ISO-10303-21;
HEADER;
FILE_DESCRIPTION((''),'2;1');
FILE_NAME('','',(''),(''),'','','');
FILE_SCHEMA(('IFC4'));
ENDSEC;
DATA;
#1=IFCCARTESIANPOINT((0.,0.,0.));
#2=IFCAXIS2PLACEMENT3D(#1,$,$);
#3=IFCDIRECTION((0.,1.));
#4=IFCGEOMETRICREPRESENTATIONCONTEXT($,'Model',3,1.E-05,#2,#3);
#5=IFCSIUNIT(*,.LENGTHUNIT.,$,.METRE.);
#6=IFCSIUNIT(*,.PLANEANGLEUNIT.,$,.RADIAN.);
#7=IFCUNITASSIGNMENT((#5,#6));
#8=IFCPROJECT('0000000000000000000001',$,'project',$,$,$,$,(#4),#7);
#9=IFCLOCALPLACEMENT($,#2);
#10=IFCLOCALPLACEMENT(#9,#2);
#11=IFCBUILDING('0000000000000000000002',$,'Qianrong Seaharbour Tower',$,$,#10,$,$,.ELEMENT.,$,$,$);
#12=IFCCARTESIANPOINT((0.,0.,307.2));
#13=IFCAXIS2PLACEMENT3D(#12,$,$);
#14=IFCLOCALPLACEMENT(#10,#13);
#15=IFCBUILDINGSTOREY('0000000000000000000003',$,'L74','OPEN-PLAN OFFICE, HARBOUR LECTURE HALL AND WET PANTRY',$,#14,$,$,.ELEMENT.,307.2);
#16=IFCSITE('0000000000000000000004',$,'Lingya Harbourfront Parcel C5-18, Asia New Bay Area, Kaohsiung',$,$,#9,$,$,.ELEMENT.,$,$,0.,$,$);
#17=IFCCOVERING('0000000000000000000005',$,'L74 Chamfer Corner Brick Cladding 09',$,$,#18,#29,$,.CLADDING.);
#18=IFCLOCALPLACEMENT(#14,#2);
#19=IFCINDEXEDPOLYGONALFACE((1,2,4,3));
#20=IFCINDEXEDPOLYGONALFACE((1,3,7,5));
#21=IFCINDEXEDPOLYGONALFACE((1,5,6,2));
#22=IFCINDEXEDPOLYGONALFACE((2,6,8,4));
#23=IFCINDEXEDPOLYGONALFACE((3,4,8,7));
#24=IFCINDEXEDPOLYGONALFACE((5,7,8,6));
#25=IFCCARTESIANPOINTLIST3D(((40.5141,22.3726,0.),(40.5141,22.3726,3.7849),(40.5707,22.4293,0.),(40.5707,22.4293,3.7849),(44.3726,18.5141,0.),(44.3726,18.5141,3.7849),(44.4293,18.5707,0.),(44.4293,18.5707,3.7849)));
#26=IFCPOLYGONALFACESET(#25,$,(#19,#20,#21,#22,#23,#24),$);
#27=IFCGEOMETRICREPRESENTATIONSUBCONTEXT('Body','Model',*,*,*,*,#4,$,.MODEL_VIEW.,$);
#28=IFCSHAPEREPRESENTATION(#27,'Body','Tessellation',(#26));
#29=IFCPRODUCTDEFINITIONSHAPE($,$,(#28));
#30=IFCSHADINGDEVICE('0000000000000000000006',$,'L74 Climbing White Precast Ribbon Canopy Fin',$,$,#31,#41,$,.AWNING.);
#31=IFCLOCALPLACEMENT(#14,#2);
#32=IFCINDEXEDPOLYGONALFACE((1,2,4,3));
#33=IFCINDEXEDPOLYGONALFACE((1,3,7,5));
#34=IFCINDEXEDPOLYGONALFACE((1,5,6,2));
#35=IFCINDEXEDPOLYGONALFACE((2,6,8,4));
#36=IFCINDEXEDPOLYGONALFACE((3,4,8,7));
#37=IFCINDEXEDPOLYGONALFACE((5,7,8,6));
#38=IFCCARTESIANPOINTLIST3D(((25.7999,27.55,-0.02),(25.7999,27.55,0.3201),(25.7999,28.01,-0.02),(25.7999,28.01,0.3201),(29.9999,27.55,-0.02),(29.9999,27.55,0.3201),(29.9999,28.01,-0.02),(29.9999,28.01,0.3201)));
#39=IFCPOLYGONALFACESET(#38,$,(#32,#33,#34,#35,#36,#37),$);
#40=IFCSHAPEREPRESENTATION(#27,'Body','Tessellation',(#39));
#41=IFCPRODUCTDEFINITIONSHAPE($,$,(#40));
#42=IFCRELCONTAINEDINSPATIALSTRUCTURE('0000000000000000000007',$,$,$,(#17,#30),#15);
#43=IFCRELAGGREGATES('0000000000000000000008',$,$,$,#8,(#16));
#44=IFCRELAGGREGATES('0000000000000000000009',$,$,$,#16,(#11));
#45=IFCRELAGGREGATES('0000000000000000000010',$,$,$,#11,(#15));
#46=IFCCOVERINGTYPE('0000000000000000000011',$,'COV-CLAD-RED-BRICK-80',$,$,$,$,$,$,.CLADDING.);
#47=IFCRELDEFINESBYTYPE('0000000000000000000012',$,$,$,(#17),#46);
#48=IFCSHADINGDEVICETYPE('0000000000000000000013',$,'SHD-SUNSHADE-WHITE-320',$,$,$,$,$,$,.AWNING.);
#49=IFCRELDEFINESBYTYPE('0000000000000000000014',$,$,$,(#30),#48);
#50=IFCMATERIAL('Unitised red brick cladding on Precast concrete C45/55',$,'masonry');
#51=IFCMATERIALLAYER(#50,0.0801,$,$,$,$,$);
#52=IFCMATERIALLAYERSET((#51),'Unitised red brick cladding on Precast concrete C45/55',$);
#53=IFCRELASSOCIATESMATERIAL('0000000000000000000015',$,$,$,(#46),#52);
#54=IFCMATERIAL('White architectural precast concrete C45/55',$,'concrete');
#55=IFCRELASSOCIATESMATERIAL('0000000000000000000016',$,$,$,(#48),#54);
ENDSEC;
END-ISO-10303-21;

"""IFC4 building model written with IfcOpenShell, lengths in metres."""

from ifc_helpers import new_model, si_unit, direction, frame, origin, origin_2d, place, context, subcontext, project, spatial, rectangle, extrude, material, layer, layer_set, type_object, element, save


model = new_model("IFC4")

# Units and contexts
model_context = context("Model", 3, precision=1e-05, world=origin(), true_north=direction((0.0, 1.0)))
body_context = subcontext(model_context, "Body", "Model", "MODEL_VIEW")
ifc_project = project(units=[si_unit("LENGTHUNIT", "METRE"), si_unit("PLANEANGLEUNIT", "RADIAN")], contexts=[model_context])

# Site, building, storey
site_placement = place(None, origin())
site = spatial("IfcSite", under=ifc_project, at=site_placement, Name="Lingya Harbourfront Parcel C5-18, Asia New Bay Area, Kaohsiung", CompositionType="ELEMENT", RefElevation=0.0)
building_placement = place(site_placement, origin())
building = spatial("IfcBuilding", under=site, at=building_placement, Name="Qianrong Seaharbour Tower", CompositionType="ELEMENT")
storey_placement = place(building_placement, frame((0.0, 0.0, 307.2)))
storey = spatial("IfcBuildingStorey", under=building, at=storey_placement, Name="L74", Description="OPEN-PLAN OFFICE, HARBOUR LECTURE HALL AND WET PANTRY", CompositionType="ELEMENT", Elevation=307.2)

# Covering
ifc_material_1 = material(Name="Unitised red brick cladding on Precast concrete C45/55", Category="masonry")
ifc_layer_1 = layer(ifc_material_1, 0.0801)
ifc_layer_set_1 = layer_set([ifc_layer_1], Name="Unitised red brick cladding on Precast concrete C45/55")
covering_type = type_object("IfcCoveringType", Name="COV-CLAD-RED-BRICK-80", PredefinedType="CLADDING", material=ifc_layer_set_1)
covering_placement = place(storey_placement, frame((42.4717, 20.4717, 0.0), z_axis=(0.0, 0.0, 1.0), x_axis=(-0.707107, 0.707107, 0.0)))
element("IfcCovering", 1, at=covering_placement, inside=storey, type_object=covering_type, Name="L74 Chamfer Corner Brick Cladding 09", PredefinedType="CLADDING", context=body_context, shape_type="SweptSolid", body=[
    extrude(rectangle(XDim=5.4568, YDim=0.0801, at=origin_2d()), origin(), (0.0, 0.0, 1.0), 3.7849),
])

# Shading device
ifc_material_2 = material(Name="White architectural precast concrete C45/55", Category="concrete")
shading_device_type = type_object("IfcShadingDeviceType", Name="SHD-SUNSHADE-WHITE-320", PredefinedType="AWNING", material=ifc_material_2)
shading_device_placement = place(storey_placement, frame((27.8999, 27.78, -0.02), z_axis=(0.0, 0.0, 1.0), x_axis=(1.0, 0.0, 0.0)))
element("IfcShadingDevice", 2, at=shading_device_placement, inside=storey, type_object=shading_device_type, Name="L74 Climbing White Precast Ribbon Canopy Fin", PredefinedType="AWNING", context=body_context, shape_type="SweptSolid", body=[
    extrude(rectangle(XDim=4.2, YDim=0.46, at=origin_2d()), origin(), (0.0, 0.0, 1.0), 0.3401),
])

save(model, "model.ifc")
